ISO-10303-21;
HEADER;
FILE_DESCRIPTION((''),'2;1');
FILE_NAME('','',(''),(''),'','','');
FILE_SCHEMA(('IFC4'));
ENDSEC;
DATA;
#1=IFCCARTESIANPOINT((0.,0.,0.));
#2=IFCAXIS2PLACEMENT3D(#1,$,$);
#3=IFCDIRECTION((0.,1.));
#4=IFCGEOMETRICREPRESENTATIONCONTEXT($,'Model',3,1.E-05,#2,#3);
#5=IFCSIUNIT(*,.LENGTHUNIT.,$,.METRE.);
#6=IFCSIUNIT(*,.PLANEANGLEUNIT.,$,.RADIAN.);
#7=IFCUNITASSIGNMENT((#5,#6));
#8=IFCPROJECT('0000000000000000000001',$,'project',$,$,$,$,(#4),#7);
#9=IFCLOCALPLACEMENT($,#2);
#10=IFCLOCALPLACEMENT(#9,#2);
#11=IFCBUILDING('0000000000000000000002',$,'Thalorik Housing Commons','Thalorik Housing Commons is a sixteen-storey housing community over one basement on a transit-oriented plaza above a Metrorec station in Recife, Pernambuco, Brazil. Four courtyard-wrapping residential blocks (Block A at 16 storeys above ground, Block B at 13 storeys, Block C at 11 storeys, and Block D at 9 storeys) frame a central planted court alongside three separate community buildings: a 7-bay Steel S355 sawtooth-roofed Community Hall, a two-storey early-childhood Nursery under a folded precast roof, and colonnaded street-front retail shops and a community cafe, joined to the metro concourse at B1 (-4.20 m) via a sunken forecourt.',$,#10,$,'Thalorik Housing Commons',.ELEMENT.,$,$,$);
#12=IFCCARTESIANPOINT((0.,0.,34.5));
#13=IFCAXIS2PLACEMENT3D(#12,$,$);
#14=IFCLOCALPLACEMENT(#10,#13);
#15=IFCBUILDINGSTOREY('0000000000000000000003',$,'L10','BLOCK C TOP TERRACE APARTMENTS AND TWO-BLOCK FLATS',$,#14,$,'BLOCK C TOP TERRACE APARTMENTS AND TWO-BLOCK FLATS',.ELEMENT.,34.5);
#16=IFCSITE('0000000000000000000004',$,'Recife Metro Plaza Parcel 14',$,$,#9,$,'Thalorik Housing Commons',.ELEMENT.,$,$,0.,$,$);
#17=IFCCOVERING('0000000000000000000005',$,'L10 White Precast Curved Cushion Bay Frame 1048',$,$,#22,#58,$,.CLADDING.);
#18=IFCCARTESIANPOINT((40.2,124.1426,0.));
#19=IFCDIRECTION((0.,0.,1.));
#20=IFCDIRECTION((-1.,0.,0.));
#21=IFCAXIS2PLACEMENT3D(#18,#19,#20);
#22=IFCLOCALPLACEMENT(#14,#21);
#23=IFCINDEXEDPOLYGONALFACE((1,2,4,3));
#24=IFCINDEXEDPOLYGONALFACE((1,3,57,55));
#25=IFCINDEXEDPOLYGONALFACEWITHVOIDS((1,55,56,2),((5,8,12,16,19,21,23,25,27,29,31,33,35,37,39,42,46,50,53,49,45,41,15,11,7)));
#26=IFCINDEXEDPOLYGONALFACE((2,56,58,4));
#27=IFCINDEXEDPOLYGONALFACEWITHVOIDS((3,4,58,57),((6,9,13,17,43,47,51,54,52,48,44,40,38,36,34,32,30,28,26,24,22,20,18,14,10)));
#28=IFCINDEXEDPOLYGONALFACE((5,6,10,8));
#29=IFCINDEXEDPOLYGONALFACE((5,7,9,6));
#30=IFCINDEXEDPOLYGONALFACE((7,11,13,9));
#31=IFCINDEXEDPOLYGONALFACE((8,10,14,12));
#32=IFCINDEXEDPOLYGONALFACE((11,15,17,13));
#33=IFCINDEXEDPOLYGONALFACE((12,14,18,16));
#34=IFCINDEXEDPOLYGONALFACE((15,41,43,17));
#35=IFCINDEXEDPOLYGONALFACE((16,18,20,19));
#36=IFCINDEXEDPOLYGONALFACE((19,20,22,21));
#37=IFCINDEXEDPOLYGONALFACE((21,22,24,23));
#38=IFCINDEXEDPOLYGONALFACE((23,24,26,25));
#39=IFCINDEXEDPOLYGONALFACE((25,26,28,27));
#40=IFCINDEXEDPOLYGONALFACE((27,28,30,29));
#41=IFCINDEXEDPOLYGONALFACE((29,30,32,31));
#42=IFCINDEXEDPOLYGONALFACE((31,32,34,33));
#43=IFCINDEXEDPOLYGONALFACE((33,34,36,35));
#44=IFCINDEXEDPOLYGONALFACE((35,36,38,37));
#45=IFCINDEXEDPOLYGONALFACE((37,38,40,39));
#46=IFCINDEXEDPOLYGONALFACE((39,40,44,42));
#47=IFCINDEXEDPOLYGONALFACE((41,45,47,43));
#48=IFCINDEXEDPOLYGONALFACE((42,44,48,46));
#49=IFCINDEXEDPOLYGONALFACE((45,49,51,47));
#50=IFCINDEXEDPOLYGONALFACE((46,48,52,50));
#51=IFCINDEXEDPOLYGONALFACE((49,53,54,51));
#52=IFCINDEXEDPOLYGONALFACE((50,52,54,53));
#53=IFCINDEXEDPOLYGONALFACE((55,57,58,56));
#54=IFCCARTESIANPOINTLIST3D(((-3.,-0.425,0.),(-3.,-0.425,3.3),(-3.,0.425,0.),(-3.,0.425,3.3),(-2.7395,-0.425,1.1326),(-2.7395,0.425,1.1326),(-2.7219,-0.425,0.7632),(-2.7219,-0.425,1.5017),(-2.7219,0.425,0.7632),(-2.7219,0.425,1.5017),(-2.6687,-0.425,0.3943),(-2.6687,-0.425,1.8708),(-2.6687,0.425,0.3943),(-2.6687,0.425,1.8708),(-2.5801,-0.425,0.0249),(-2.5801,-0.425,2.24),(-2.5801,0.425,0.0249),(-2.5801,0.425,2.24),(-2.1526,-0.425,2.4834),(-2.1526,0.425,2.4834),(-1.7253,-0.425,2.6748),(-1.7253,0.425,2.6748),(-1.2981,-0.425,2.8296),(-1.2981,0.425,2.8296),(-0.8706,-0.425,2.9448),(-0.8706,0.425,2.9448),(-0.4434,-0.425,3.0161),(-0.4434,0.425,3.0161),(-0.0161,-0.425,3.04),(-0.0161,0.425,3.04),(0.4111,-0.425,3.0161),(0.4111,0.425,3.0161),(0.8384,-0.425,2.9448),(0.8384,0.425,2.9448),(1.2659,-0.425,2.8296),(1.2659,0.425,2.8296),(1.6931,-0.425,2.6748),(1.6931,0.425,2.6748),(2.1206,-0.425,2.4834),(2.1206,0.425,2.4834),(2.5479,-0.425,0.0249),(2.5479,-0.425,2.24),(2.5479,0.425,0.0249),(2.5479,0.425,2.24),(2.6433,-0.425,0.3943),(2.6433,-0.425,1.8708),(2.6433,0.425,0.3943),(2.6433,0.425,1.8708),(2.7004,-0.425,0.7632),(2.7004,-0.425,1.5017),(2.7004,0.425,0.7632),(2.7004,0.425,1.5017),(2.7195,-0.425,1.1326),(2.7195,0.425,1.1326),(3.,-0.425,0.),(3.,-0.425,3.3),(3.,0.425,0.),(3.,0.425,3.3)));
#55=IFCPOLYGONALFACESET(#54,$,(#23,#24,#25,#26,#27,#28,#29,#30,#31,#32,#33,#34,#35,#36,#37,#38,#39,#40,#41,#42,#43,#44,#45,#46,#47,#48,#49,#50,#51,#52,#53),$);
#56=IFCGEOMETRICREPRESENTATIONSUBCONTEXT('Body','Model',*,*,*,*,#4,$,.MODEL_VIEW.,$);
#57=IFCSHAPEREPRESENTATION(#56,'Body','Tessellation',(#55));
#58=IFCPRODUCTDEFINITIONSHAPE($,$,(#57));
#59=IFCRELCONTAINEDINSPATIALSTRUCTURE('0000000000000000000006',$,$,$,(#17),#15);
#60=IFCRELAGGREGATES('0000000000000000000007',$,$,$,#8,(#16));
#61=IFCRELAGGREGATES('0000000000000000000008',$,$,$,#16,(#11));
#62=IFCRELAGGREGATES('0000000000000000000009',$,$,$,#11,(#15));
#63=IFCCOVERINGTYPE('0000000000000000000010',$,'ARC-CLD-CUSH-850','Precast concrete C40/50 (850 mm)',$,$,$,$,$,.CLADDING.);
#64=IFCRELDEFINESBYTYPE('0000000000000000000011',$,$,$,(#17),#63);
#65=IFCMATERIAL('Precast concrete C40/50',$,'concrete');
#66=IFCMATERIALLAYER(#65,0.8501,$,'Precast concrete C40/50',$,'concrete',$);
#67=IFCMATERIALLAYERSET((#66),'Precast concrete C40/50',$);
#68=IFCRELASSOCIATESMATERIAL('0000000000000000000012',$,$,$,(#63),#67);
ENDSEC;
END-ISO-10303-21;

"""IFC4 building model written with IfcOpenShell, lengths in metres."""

from ifc_helpers import new_model, si_unit, direction, frame, origin, place, context, subcontext, project, spatial, polyline, outline, extrude, material, layer, layer_set, type_object, element, save


model = new_model("IFC4")

# Units and contexts
model_context = context("Model", 3, precision=1e-05, world=origin(), true_north=direction((0.0, 1.0)))
body_context = subcontext(model_context, "Body", "Model", "MODEL_VIEW")
ifc_project = project(units=[si_unit("LENGTHUNIT", "METRE"), si_unit("PLANEANGLEUNIT", "RADIAN")], contexts=[model_context])

# Site, building, storey
site_placement = place(None, origin())
site = spatial("IfcSite", under=ifc_project, at=site_placement, Name="Recife Metro Plaza Parcel 14", LongName="Thalorik Housing Commons", CompositionType="ELEMENT", RefElevation=0.0)
building_placement = place(site_placement, origin())
building = spatial("IfcBuilding", under=site, at=building_placement, Name="Thalorik Housing Commons", Description="Thalorik Housing Commons is a sixteen-storey housing community over one basement on a transit-oriented plaza above a Metrorec station in Recife, Pernambuco, Brazil. Four courtyard-wrapping residential blocks (Block A at 16 storeys above ground, Block B at 13 storeys, Block C at 11 storeys, and Block D at 9 storeys) frame a central planted court alongside three separate community buildings: a 7-bay Steel S355 sawtooth-roofed Community Hall, a two-storey early-childhood Nursery under a folded precast roof, and colonnaded street-front retail shops and a community cafe, joined to the metro concourse at B1 (-4.20 m) via a sunken forecourt.", LongName="Thalorik Housing Commons", CompositionType="ELEMENT")
storey_placement = place(building_placement, frame((0.0, 0.0, 34.5)))
storey = spatial("IfcBuildingStorey", under=building, at=storey_placement, Name="L10", Description="BLOCK C TOP TERRACE APARTMENTS AND TWO-BLOCK FLATS", LongName="BLOCK C TOP TERRACE APARTMENTS AND TWO-BLOCK FLATS", CompositionType="ELEMENT", Elevation=34.5)

# Shared definitions
ifc_material_1 = material(Name="Precast concrete C40/50", Category="concrete")

# Covering
ifc_layer_1 = layer(ifc_material_1, 0.8501, Name="Precast concrete C40/50", Category="concrete")
ifc_layer_set_1 = layer_set([ifc_layer_1], Name="Precast concrete C40/50")
covering_type_1 = type_object("IfcCoveringType", Name="ARC-CLD-CUSH-850", Description="Precast concrete C40/50 (850 mm)", PredefinedType="CLADDING", material=ifc_layer_set_1)
covering_1_placement = place(storey_placement, frame((40.2, 124.1426, 0.0), z_axis=(0.0, 0.0, 1.0), x_axis=(-1.0, 0.0, 0.0)))
element("IfcCovering", 1, at=covering_1_placement, inside=storey, type_object=covering_type_1, Name="L10 White Precast Curved Cushion Bay Frame 1048", PredefinedType="CLADDING", context=body_context, shape_type="SweptSolid", body=[
    extrude(outline(polyline([(-3.0, 0.0), (3.0, 0.0), (3.0, 3.3), (-3.0, 3.3), (-3.0, 0.0)]), holes=[polyline([(2.5479, 0.0249), (2.6433, 0.3943), (2.7004, 0.7632), (2.7195, 1.1326), (2.7004, 1.5017), (2.6433, 1.8708), (2.5479, 2.24), (2.1206, 2.4834), (1.6931, 2.6748), (1.2659, 2.8296), (0.8384, 2.9448), (0.4111, 3.0161), (-0.0161, 3.04), (-0.4434, 3.0161), (-0.8706, 2.9448), (-1.2981, 2.8296), (-1.7253, 2.6748), (-2.1526, 2.4834), (-2.5801, 2.24), (-2.6687, 1.8708), (-2.7219, 1.5017), (-2.7395, 1.1326), (-2.7219, 0.7632), (-2.6687, 0.3943), (-2.5801, 0.0249), (2.5479, 0.0249)])]), frame((0.0, 0.425, 0.0), z_axis=(0.0, -1.0, 0.0), x_axis=(1.0, 0.0, 0.0)), (0.0, 0.0, 1.0), 0.8501),
])

save(model, "model.ifc")
